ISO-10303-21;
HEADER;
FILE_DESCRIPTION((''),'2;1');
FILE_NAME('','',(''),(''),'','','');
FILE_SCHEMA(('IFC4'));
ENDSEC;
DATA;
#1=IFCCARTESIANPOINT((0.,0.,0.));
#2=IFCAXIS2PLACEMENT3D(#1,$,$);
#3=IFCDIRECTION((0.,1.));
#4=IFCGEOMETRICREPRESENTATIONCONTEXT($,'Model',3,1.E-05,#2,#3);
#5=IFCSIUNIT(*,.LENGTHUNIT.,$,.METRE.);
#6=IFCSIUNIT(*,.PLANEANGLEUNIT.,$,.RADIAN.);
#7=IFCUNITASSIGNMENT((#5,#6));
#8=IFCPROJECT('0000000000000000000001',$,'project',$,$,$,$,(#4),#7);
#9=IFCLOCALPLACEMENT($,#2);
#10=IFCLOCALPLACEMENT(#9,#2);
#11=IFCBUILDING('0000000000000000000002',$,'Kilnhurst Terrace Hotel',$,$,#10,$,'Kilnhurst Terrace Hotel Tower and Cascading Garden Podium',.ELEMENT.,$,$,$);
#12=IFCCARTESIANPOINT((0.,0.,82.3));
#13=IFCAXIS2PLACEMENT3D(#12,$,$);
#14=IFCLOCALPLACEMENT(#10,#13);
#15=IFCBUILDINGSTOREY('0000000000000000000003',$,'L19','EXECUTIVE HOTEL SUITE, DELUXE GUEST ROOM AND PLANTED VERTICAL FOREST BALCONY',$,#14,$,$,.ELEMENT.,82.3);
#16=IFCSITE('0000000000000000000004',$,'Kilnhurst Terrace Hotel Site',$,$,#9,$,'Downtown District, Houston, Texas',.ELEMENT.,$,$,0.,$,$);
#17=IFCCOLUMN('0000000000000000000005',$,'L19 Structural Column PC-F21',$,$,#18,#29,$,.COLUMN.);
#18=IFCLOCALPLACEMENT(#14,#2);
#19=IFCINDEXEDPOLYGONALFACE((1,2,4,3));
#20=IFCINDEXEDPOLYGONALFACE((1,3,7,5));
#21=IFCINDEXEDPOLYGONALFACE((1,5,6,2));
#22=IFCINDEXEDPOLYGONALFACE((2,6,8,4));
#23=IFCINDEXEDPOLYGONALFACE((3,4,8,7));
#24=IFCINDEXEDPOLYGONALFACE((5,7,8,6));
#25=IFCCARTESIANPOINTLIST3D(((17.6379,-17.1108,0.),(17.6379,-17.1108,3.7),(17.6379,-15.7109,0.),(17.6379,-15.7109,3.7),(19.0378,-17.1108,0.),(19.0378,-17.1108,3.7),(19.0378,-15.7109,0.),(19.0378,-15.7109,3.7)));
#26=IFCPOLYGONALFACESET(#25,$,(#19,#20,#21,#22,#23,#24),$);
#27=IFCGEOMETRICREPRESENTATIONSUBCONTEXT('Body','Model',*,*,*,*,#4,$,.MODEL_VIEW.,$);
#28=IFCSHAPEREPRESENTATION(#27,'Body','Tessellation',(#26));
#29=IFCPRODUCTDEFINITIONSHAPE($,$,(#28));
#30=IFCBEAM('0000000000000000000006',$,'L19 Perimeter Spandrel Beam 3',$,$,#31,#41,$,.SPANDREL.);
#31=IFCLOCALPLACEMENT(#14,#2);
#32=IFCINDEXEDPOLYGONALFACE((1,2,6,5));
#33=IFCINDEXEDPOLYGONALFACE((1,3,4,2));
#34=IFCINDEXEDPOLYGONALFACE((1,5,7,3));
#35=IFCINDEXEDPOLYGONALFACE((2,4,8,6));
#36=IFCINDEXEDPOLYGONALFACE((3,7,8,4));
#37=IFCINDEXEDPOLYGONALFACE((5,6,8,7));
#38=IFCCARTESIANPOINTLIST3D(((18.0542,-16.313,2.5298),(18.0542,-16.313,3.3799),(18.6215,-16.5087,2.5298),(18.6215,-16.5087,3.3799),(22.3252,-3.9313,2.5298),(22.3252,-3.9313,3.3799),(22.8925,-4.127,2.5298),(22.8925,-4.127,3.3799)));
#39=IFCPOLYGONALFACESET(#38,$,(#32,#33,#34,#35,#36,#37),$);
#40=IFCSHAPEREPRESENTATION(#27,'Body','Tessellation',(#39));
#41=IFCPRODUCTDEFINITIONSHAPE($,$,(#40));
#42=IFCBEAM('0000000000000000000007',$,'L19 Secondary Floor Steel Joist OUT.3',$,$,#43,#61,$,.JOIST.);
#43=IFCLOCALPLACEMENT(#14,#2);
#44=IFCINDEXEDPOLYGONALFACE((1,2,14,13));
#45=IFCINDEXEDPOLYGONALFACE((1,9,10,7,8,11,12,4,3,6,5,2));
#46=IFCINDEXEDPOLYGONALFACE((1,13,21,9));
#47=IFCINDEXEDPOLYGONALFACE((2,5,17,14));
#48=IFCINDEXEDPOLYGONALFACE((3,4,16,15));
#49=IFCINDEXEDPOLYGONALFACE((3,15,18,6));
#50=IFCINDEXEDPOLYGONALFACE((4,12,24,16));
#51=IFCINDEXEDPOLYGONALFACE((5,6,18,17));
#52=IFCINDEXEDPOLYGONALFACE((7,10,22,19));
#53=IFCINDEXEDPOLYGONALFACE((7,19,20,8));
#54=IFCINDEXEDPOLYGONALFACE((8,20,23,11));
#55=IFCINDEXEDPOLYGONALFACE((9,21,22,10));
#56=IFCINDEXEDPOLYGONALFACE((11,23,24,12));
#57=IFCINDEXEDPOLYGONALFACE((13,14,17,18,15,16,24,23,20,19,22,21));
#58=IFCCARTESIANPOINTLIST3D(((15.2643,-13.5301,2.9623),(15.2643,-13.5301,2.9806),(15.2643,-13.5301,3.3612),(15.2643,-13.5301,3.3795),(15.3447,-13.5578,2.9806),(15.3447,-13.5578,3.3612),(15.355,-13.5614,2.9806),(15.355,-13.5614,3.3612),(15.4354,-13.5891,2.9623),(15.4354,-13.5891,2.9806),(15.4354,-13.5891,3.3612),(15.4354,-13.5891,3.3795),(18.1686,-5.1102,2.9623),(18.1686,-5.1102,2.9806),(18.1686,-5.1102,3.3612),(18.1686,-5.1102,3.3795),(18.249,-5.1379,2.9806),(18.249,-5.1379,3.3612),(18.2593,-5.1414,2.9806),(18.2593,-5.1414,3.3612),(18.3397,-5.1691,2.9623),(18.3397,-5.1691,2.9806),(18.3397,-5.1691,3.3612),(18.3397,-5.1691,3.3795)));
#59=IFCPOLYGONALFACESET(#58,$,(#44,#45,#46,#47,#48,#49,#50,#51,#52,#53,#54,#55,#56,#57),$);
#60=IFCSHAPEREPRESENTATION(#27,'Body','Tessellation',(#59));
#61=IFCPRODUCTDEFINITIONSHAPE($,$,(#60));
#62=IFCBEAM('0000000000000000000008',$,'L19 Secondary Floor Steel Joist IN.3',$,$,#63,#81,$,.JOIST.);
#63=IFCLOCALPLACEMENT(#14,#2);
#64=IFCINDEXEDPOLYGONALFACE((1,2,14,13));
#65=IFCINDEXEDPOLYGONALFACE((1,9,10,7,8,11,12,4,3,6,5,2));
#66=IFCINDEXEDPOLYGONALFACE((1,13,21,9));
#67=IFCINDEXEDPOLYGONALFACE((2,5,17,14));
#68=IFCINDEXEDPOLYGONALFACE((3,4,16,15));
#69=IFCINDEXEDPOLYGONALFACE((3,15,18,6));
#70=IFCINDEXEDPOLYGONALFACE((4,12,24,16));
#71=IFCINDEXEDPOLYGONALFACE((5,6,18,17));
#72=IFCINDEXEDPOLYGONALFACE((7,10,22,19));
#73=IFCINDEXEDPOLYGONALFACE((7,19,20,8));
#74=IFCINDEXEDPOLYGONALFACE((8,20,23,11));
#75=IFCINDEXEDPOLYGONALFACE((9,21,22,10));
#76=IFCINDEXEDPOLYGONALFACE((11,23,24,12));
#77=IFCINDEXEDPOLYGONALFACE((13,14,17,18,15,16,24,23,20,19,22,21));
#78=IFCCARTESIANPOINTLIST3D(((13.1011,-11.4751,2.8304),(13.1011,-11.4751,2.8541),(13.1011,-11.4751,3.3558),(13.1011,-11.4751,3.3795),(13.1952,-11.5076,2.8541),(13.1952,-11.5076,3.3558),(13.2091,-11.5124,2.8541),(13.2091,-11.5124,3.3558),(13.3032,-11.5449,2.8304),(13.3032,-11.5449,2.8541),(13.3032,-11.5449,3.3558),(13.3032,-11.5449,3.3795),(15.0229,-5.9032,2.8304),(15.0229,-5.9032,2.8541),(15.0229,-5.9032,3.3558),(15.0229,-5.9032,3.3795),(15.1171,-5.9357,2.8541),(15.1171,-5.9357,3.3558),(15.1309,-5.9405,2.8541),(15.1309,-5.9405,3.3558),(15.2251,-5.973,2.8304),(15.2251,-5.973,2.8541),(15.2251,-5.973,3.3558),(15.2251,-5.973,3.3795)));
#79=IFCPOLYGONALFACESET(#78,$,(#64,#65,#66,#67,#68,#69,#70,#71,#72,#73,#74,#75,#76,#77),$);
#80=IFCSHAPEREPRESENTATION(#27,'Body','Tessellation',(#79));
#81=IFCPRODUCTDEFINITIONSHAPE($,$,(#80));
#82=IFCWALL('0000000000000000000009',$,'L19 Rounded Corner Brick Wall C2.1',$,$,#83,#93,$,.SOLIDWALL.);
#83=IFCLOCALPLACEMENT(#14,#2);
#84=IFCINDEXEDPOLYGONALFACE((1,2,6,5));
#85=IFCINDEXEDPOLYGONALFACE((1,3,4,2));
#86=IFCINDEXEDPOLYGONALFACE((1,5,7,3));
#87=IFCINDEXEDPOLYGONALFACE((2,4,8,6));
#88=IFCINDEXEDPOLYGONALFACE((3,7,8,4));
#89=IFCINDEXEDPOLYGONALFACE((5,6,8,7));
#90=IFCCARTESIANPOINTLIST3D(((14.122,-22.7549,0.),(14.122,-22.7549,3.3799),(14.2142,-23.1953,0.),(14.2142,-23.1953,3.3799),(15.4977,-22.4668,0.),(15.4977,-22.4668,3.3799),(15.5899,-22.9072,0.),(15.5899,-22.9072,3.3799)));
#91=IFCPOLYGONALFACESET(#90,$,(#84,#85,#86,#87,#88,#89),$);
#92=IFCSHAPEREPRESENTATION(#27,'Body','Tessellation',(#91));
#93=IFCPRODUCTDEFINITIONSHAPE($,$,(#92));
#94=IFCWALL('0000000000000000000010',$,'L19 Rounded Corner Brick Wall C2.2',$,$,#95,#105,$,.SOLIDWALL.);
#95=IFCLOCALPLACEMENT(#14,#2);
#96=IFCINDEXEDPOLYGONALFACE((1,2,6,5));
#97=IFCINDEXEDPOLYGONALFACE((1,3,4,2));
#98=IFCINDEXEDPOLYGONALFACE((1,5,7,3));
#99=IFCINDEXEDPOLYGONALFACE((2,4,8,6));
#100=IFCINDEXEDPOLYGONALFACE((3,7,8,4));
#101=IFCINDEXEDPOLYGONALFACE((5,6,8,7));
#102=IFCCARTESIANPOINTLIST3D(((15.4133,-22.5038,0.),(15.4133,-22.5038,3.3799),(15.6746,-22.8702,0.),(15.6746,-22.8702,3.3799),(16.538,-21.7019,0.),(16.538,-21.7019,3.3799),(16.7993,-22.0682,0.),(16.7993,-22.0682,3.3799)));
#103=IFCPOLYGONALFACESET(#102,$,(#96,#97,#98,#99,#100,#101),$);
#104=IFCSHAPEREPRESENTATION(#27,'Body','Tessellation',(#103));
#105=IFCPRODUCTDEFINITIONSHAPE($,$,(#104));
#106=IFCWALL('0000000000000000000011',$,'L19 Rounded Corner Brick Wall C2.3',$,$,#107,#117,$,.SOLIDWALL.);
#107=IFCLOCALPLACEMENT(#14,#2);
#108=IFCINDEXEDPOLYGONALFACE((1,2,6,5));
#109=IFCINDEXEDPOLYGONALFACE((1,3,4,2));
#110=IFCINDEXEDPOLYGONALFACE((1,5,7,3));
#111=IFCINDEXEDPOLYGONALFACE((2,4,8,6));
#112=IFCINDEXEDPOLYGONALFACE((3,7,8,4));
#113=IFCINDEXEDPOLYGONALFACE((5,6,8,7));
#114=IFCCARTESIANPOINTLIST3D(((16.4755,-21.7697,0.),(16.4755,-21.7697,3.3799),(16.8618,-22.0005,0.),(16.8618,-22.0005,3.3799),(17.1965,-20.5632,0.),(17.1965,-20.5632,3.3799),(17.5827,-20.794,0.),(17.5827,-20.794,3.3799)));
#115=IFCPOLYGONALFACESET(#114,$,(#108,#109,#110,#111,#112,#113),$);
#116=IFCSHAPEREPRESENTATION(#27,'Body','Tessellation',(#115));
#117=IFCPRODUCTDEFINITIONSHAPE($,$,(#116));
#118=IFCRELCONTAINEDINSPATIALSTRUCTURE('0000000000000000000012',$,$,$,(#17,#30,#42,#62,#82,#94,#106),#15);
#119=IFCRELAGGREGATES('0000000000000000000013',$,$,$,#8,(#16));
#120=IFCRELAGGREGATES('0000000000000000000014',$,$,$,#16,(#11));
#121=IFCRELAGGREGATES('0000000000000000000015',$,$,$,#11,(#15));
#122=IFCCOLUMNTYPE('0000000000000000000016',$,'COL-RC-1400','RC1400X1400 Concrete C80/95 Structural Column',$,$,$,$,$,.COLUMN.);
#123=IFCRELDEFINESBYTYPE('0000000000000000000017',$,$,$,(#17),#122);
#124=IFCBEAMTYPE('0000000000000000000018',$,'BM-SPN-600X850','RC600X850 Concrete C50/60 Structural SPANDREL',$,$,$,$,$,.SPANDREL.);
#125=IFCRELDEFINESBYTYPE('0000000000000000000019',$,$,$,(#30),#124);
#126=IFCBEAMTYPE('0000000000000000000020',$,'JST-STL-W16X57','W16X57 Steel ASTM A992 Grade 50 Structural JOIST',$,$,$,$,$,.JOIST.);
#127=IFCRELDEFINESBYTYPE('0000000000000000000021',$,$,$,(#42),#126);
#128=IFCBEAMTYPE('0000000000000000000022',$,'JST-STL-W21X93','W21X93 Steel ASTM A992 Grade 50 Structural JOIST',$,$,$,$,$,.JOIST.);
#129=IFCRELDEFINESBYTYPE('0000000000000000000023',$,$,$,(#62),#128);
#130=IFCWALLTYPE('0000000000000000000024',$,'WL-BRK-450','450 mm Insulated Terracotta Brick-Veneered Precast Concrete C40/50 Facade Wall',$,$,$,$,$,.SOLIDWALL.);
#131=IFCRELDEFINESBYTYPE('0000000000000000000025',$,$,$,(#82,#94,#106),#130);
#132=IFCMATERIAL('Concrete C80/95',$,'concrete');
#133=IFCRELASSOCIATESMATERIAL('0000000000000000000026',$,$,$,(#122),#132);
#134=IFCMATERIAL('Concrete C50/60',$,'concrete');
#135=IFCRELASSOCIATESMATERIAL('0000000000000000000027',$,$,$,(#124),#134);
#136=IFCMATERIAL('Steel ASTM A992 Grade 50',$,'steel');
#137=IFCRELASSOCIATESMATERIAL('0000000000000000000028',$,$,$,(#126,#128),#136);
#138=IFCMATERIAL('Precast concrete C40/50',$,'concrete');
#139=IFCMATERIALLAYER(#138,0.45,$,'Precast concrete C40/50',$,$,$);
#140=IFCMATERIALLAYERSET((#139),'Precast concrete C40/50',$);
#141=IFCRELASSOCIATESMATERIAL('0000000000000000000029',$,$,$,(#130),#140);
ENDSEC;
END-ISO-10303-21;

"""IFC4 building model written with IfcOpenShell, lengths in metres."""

from ifc_helpers import new_model, si_unit, direction, frame, frame_2d, origin, origin_2d, place, context, subcontext, project, spatial, rectangle, i_section, extrude, material, layer, layer_set, material_profile, profile_set, type_object, element, save


model = new_model("IFC4")

# Units and contexts
model_context = context("Model", 3, precision=1e-05, world=origin(), true_north=direction((0.0, 1.0)))
body_context = subcontext(model_context, "Body", "Model", "MODEL_VIEW")
ifc_project = project(units=[si_unit("LENGTHUNIT", "METRE"), si_unit("PLANEANGLEUNIT", "RADIAN")], contexts=[model_context])

# Site, building, storey
site_placement = place(None, origin())
site = spatial("IfcSite", under=ifc_project, at=site_placement, Name="Kilnhurst Terrace Hotel Site", LongName="Downtown District, Houston, Texas", CompositionType="ELEMENT", RefElevation=0.0)
building_placement = place(site_placement, origin())
building = spatial("IfcBuilding", under=site, at=building_placement, Name="Kilnhurst Terrace Hotel", LongName="Kilnhurst Terrace Hotel Tower and Cascading Garden Podium", CompositionType="ELEMENT")
storey_placement = place(building_placement, frame((0.0, 0.0, 82.3)))
storey = spatial("IfcBuildingStorey", under=building, at=storey_placement, Name="L19", Description="EXECUTIVE HOTEL SUITE, DELUXE GUEST ROOM AND PLANTED VERTICAL FOREST BALCONY", CompositionType="ELEMENT", Elevation=82.3)

# Column
ifc_material_1 = material(Name="Concrete C80/95", Category="concrete")
ifc_material_profile_1 = material_profile(ifc_material_1, rectangle(XDim=1.3999, YDim=1.3999, at=origin_2d()), Name="RC1400X1400")
ifc_profile_set_1 = profile_set([ifc_material_profile_1], Name="Concrete C80/95")
column_type = type_object("IfcColumnType", Name="COL-RC-1400", Description="RC1400X1400 Concrete C80/95 Structural Column", PredefinedType="COLUMN", material=ifc_profile_set_1)
column_placement = place(storey_placement, frame((18.3379, -16.4109, 0.0), z_axis=(0.0, 0.0, 1.0), x_axis=(1.0, 0.0, 0.0)))
element("IfcColumn", 1, at=column_placement, inside=storey, type_object=column_type, Name="L19 Structural Column PC-F21", PredefinedType="COLUMN", context=body_context, shape_type="SweptSolid", body=[
    extrude(rectangle(XDim=1.3999, YDim=1.3999, at=origin_2d()), origin(), (0.0, 0.0, 1.0), 3.7),
])

# Beams
ifc_material_2 = material(Name="Concrete C50/60", Category="concrete")
ifc_material_profile_2 = material_profile(ifc_material_2, rectangle(XDim=0.6001, YDim=0.8501, at=origin_2d()), Name="RC600X850")
ifc_profile_set_2 = profile_set([ifc_material_profile_2], Name="Concrete C50/60")
beam_type_1 = type_object("IfcBeamType", Name="BM-SPN-600X850", Description="RC600X850 Concrete C50/60 Structural SPANDREL", PredefinedType="SPANDREL", material=ifc_profile_set_2)
beam_1_placement = place(storey_placement, frame((18.3379, -16.4109, 2.9548), z_axis=(0.326086, 0.94534, 0.0), x_axis=(-0.94534, 0.326086, 0.0)))
element("IfcBeam", 2, at=beam_1_placement, inside=storey, type_object=beam_type_1, Name="L19 Perimeter Spandrel Beam 3", PredefinedType="SPANDREL", context=body_context, shape_type="SweptSolid", body=[
    extrude(rectangle(XDim=0.6001, YDim=0.8501, at=origin_2d()), origin(), (0.0, 0.0, 1.0), 13.0977),
])
ifc_material_3 = material(Name="Steel ASTM A992 Grade 50", Category="steel")
ifc_material_profile_3 = material_profile(ifc_material_3, i_section(OverallWidth=0.1809, OverallDepth=0.4172, WebThickness=0.011, FlangeThickness=0.0183, at=origin_2d()), Name="W16X57")
ifc_profile_set_3 = profile_set([ifc_material_profile_3], Name="Steel ASTM A992 Grade 50")
beam_type_2 = type_object("IfcBeamType", Name="JST-STL-W16X57", Description="W16X57 Steel ASTM A992 Grade 50 Structural JOIST", PredefinedType="JOIST", material=ifc_profile_set_3)
beam_2_placement = place(storey_placement, frame((15.3499, -13.5596, 3.1709), z_axis=(0.326079, 0.945343, 0.0), x_axis=(-0.945343, 0.326079, 0.0)))
element("IfcBeam", 3, at=beam_2_placement, inside=storey, type_object=beam_type_2, Name="L19 Secondary Floor Steel Joist OUT.3", PredefinedType="JOIST", context=body_context, shape_type="SweptSolid", body=[
    extrude(i_section(OverallWidth=0.1809, OverallDepth=0.4172, WebThickness=0.011, FlangeThickness=0.0183, at=origin_2d()), origin(), (0.0, 0.0, 1.0), 8.9067),
])
ifc_material_profile_4 = material_profile(ifc_material_3, i_section(OverallWidth=0.2139, OverallDepth=0.5491, WebThickness=0.0146, FlangeThickness=0.0237, at=origin_2d()), Name="W21X93")
ifc_profile_set_4 = profile_set([ifc_material_profile_4], Name="Steel ASTM A992 Grade 50")
beam_type_3 = type_object("IfcBeamType", Name="JST-STL-W21X93", Description="W21X93 Steel ASTM A992 Grade 50 Structural JOIST", PredefinedType="JOIST", material=ifc_profile_set_4)
beam_3_placement = place(storey_placement, frame((13.2021, -11.51, 3.105), z_axis=(0.326065, 0.945347, 0.0), x_axis=(-0.945347, 0.326065, 0.0)))
element("IfcBeam", 4, at=beam_3_placement, inside=storey, type_object=beam_type_3, Name="L19 Secondary Floor Steel Joist IN.3", PredefinedType="JOIST", context=body_context, shape_type="SweptSolid", body=[
    extrude(i_section(OverallWidth=0.2139, OverallDepth=0.5491, WebThickness=0.0146, FlangeThickness=0.0237, at=origin_2d()), origin(), (0.0, 0.0, 1.0), 5.894),
])

# Walls
ifc_material_4 = material(Name="Precast concrete C40/50", Category="concrete")
ifc_layer_1 = layer(ifc_material_4, 0.45, Name="Precast concrete C40/50")
ifc_layer_set_1 = layer_set([ifc_layer_1], Name="Precast concrete C40/50")
wall_type_1 = type_object("IfcWallType", Name="WL-BRK-450", Description="450 mm Insulated Terracotta Brick-Veneered Precast Concrete C40/50 Facade Wall", PredefinedType="SOLIDWALL", material=ifc_layer_set_1)
wall_1_placement = place(storey_placement, frame((14.1682, -22.9751, 0.0), z_axis=(0.0, 0.0, 1.0), x_axis=(0.97877, 0.20496, 0.0)))
element("IfcWall", 5, at=wall_1_placement, inside=storey, type_object=wall_type_1, Name="L19 Rounded Corner Brick Wall C2.1", PredefinedType="SOLIDWALL", context=body_context, shape_type="SweptSolid", body=[
    extrude(rectangle(XDim=1.4055, YDim=0.45, at=frame_2d((0.7026, 0.0))), origin(), (0.0, 0.0, 1.0), 3.3799),
])
wall_2_placement = place(storey_placement, frame((15.5439, -22.687, 0.0), z_axis=(0.0, 0.0, 1.0), x_axis=(0.814211, 0.580569, 0.0)))
element("IfcWall", 6, at=wall_2_placement, inside=storey, type_object=wall_type_1, Name="L19 Rounded Corner Brick Wall C2.2", PredefinedType="SOLIDWALL", context=body_context, shape_type="SweptSolid", body=[
    extrude(rectangle(XDim=1.3813, YDim=0.45, at=frame_2d((0.6907, 0.0))), origin(), (0.0, 0.0, 1.0), 3.3799),
])
wall_3_placement = place(storey_placement, frame((16.6687, -21.885, 0.0), z_axis=(0.0, 0.0, 1.0), x_axis=(0.512937, 0.858426, 0.0)))
element("IfcWall", 7, at=wall_3_placement, inside=storey, type_object=wall_type_1, Name="L19 Rounded Corner Brick Wall C2.3", PredefinedType="SOLIDWALL", context=body_context, shape_type="SweptSolid", body=[
    extrude(rectangle(XDim=1.4055, YDim=0.45, at=frame_2d((0.7026, 0.0))), origin(), (0.0, 0.0, 1.0), 3.3799),
])

save(model, "model.ifc")
